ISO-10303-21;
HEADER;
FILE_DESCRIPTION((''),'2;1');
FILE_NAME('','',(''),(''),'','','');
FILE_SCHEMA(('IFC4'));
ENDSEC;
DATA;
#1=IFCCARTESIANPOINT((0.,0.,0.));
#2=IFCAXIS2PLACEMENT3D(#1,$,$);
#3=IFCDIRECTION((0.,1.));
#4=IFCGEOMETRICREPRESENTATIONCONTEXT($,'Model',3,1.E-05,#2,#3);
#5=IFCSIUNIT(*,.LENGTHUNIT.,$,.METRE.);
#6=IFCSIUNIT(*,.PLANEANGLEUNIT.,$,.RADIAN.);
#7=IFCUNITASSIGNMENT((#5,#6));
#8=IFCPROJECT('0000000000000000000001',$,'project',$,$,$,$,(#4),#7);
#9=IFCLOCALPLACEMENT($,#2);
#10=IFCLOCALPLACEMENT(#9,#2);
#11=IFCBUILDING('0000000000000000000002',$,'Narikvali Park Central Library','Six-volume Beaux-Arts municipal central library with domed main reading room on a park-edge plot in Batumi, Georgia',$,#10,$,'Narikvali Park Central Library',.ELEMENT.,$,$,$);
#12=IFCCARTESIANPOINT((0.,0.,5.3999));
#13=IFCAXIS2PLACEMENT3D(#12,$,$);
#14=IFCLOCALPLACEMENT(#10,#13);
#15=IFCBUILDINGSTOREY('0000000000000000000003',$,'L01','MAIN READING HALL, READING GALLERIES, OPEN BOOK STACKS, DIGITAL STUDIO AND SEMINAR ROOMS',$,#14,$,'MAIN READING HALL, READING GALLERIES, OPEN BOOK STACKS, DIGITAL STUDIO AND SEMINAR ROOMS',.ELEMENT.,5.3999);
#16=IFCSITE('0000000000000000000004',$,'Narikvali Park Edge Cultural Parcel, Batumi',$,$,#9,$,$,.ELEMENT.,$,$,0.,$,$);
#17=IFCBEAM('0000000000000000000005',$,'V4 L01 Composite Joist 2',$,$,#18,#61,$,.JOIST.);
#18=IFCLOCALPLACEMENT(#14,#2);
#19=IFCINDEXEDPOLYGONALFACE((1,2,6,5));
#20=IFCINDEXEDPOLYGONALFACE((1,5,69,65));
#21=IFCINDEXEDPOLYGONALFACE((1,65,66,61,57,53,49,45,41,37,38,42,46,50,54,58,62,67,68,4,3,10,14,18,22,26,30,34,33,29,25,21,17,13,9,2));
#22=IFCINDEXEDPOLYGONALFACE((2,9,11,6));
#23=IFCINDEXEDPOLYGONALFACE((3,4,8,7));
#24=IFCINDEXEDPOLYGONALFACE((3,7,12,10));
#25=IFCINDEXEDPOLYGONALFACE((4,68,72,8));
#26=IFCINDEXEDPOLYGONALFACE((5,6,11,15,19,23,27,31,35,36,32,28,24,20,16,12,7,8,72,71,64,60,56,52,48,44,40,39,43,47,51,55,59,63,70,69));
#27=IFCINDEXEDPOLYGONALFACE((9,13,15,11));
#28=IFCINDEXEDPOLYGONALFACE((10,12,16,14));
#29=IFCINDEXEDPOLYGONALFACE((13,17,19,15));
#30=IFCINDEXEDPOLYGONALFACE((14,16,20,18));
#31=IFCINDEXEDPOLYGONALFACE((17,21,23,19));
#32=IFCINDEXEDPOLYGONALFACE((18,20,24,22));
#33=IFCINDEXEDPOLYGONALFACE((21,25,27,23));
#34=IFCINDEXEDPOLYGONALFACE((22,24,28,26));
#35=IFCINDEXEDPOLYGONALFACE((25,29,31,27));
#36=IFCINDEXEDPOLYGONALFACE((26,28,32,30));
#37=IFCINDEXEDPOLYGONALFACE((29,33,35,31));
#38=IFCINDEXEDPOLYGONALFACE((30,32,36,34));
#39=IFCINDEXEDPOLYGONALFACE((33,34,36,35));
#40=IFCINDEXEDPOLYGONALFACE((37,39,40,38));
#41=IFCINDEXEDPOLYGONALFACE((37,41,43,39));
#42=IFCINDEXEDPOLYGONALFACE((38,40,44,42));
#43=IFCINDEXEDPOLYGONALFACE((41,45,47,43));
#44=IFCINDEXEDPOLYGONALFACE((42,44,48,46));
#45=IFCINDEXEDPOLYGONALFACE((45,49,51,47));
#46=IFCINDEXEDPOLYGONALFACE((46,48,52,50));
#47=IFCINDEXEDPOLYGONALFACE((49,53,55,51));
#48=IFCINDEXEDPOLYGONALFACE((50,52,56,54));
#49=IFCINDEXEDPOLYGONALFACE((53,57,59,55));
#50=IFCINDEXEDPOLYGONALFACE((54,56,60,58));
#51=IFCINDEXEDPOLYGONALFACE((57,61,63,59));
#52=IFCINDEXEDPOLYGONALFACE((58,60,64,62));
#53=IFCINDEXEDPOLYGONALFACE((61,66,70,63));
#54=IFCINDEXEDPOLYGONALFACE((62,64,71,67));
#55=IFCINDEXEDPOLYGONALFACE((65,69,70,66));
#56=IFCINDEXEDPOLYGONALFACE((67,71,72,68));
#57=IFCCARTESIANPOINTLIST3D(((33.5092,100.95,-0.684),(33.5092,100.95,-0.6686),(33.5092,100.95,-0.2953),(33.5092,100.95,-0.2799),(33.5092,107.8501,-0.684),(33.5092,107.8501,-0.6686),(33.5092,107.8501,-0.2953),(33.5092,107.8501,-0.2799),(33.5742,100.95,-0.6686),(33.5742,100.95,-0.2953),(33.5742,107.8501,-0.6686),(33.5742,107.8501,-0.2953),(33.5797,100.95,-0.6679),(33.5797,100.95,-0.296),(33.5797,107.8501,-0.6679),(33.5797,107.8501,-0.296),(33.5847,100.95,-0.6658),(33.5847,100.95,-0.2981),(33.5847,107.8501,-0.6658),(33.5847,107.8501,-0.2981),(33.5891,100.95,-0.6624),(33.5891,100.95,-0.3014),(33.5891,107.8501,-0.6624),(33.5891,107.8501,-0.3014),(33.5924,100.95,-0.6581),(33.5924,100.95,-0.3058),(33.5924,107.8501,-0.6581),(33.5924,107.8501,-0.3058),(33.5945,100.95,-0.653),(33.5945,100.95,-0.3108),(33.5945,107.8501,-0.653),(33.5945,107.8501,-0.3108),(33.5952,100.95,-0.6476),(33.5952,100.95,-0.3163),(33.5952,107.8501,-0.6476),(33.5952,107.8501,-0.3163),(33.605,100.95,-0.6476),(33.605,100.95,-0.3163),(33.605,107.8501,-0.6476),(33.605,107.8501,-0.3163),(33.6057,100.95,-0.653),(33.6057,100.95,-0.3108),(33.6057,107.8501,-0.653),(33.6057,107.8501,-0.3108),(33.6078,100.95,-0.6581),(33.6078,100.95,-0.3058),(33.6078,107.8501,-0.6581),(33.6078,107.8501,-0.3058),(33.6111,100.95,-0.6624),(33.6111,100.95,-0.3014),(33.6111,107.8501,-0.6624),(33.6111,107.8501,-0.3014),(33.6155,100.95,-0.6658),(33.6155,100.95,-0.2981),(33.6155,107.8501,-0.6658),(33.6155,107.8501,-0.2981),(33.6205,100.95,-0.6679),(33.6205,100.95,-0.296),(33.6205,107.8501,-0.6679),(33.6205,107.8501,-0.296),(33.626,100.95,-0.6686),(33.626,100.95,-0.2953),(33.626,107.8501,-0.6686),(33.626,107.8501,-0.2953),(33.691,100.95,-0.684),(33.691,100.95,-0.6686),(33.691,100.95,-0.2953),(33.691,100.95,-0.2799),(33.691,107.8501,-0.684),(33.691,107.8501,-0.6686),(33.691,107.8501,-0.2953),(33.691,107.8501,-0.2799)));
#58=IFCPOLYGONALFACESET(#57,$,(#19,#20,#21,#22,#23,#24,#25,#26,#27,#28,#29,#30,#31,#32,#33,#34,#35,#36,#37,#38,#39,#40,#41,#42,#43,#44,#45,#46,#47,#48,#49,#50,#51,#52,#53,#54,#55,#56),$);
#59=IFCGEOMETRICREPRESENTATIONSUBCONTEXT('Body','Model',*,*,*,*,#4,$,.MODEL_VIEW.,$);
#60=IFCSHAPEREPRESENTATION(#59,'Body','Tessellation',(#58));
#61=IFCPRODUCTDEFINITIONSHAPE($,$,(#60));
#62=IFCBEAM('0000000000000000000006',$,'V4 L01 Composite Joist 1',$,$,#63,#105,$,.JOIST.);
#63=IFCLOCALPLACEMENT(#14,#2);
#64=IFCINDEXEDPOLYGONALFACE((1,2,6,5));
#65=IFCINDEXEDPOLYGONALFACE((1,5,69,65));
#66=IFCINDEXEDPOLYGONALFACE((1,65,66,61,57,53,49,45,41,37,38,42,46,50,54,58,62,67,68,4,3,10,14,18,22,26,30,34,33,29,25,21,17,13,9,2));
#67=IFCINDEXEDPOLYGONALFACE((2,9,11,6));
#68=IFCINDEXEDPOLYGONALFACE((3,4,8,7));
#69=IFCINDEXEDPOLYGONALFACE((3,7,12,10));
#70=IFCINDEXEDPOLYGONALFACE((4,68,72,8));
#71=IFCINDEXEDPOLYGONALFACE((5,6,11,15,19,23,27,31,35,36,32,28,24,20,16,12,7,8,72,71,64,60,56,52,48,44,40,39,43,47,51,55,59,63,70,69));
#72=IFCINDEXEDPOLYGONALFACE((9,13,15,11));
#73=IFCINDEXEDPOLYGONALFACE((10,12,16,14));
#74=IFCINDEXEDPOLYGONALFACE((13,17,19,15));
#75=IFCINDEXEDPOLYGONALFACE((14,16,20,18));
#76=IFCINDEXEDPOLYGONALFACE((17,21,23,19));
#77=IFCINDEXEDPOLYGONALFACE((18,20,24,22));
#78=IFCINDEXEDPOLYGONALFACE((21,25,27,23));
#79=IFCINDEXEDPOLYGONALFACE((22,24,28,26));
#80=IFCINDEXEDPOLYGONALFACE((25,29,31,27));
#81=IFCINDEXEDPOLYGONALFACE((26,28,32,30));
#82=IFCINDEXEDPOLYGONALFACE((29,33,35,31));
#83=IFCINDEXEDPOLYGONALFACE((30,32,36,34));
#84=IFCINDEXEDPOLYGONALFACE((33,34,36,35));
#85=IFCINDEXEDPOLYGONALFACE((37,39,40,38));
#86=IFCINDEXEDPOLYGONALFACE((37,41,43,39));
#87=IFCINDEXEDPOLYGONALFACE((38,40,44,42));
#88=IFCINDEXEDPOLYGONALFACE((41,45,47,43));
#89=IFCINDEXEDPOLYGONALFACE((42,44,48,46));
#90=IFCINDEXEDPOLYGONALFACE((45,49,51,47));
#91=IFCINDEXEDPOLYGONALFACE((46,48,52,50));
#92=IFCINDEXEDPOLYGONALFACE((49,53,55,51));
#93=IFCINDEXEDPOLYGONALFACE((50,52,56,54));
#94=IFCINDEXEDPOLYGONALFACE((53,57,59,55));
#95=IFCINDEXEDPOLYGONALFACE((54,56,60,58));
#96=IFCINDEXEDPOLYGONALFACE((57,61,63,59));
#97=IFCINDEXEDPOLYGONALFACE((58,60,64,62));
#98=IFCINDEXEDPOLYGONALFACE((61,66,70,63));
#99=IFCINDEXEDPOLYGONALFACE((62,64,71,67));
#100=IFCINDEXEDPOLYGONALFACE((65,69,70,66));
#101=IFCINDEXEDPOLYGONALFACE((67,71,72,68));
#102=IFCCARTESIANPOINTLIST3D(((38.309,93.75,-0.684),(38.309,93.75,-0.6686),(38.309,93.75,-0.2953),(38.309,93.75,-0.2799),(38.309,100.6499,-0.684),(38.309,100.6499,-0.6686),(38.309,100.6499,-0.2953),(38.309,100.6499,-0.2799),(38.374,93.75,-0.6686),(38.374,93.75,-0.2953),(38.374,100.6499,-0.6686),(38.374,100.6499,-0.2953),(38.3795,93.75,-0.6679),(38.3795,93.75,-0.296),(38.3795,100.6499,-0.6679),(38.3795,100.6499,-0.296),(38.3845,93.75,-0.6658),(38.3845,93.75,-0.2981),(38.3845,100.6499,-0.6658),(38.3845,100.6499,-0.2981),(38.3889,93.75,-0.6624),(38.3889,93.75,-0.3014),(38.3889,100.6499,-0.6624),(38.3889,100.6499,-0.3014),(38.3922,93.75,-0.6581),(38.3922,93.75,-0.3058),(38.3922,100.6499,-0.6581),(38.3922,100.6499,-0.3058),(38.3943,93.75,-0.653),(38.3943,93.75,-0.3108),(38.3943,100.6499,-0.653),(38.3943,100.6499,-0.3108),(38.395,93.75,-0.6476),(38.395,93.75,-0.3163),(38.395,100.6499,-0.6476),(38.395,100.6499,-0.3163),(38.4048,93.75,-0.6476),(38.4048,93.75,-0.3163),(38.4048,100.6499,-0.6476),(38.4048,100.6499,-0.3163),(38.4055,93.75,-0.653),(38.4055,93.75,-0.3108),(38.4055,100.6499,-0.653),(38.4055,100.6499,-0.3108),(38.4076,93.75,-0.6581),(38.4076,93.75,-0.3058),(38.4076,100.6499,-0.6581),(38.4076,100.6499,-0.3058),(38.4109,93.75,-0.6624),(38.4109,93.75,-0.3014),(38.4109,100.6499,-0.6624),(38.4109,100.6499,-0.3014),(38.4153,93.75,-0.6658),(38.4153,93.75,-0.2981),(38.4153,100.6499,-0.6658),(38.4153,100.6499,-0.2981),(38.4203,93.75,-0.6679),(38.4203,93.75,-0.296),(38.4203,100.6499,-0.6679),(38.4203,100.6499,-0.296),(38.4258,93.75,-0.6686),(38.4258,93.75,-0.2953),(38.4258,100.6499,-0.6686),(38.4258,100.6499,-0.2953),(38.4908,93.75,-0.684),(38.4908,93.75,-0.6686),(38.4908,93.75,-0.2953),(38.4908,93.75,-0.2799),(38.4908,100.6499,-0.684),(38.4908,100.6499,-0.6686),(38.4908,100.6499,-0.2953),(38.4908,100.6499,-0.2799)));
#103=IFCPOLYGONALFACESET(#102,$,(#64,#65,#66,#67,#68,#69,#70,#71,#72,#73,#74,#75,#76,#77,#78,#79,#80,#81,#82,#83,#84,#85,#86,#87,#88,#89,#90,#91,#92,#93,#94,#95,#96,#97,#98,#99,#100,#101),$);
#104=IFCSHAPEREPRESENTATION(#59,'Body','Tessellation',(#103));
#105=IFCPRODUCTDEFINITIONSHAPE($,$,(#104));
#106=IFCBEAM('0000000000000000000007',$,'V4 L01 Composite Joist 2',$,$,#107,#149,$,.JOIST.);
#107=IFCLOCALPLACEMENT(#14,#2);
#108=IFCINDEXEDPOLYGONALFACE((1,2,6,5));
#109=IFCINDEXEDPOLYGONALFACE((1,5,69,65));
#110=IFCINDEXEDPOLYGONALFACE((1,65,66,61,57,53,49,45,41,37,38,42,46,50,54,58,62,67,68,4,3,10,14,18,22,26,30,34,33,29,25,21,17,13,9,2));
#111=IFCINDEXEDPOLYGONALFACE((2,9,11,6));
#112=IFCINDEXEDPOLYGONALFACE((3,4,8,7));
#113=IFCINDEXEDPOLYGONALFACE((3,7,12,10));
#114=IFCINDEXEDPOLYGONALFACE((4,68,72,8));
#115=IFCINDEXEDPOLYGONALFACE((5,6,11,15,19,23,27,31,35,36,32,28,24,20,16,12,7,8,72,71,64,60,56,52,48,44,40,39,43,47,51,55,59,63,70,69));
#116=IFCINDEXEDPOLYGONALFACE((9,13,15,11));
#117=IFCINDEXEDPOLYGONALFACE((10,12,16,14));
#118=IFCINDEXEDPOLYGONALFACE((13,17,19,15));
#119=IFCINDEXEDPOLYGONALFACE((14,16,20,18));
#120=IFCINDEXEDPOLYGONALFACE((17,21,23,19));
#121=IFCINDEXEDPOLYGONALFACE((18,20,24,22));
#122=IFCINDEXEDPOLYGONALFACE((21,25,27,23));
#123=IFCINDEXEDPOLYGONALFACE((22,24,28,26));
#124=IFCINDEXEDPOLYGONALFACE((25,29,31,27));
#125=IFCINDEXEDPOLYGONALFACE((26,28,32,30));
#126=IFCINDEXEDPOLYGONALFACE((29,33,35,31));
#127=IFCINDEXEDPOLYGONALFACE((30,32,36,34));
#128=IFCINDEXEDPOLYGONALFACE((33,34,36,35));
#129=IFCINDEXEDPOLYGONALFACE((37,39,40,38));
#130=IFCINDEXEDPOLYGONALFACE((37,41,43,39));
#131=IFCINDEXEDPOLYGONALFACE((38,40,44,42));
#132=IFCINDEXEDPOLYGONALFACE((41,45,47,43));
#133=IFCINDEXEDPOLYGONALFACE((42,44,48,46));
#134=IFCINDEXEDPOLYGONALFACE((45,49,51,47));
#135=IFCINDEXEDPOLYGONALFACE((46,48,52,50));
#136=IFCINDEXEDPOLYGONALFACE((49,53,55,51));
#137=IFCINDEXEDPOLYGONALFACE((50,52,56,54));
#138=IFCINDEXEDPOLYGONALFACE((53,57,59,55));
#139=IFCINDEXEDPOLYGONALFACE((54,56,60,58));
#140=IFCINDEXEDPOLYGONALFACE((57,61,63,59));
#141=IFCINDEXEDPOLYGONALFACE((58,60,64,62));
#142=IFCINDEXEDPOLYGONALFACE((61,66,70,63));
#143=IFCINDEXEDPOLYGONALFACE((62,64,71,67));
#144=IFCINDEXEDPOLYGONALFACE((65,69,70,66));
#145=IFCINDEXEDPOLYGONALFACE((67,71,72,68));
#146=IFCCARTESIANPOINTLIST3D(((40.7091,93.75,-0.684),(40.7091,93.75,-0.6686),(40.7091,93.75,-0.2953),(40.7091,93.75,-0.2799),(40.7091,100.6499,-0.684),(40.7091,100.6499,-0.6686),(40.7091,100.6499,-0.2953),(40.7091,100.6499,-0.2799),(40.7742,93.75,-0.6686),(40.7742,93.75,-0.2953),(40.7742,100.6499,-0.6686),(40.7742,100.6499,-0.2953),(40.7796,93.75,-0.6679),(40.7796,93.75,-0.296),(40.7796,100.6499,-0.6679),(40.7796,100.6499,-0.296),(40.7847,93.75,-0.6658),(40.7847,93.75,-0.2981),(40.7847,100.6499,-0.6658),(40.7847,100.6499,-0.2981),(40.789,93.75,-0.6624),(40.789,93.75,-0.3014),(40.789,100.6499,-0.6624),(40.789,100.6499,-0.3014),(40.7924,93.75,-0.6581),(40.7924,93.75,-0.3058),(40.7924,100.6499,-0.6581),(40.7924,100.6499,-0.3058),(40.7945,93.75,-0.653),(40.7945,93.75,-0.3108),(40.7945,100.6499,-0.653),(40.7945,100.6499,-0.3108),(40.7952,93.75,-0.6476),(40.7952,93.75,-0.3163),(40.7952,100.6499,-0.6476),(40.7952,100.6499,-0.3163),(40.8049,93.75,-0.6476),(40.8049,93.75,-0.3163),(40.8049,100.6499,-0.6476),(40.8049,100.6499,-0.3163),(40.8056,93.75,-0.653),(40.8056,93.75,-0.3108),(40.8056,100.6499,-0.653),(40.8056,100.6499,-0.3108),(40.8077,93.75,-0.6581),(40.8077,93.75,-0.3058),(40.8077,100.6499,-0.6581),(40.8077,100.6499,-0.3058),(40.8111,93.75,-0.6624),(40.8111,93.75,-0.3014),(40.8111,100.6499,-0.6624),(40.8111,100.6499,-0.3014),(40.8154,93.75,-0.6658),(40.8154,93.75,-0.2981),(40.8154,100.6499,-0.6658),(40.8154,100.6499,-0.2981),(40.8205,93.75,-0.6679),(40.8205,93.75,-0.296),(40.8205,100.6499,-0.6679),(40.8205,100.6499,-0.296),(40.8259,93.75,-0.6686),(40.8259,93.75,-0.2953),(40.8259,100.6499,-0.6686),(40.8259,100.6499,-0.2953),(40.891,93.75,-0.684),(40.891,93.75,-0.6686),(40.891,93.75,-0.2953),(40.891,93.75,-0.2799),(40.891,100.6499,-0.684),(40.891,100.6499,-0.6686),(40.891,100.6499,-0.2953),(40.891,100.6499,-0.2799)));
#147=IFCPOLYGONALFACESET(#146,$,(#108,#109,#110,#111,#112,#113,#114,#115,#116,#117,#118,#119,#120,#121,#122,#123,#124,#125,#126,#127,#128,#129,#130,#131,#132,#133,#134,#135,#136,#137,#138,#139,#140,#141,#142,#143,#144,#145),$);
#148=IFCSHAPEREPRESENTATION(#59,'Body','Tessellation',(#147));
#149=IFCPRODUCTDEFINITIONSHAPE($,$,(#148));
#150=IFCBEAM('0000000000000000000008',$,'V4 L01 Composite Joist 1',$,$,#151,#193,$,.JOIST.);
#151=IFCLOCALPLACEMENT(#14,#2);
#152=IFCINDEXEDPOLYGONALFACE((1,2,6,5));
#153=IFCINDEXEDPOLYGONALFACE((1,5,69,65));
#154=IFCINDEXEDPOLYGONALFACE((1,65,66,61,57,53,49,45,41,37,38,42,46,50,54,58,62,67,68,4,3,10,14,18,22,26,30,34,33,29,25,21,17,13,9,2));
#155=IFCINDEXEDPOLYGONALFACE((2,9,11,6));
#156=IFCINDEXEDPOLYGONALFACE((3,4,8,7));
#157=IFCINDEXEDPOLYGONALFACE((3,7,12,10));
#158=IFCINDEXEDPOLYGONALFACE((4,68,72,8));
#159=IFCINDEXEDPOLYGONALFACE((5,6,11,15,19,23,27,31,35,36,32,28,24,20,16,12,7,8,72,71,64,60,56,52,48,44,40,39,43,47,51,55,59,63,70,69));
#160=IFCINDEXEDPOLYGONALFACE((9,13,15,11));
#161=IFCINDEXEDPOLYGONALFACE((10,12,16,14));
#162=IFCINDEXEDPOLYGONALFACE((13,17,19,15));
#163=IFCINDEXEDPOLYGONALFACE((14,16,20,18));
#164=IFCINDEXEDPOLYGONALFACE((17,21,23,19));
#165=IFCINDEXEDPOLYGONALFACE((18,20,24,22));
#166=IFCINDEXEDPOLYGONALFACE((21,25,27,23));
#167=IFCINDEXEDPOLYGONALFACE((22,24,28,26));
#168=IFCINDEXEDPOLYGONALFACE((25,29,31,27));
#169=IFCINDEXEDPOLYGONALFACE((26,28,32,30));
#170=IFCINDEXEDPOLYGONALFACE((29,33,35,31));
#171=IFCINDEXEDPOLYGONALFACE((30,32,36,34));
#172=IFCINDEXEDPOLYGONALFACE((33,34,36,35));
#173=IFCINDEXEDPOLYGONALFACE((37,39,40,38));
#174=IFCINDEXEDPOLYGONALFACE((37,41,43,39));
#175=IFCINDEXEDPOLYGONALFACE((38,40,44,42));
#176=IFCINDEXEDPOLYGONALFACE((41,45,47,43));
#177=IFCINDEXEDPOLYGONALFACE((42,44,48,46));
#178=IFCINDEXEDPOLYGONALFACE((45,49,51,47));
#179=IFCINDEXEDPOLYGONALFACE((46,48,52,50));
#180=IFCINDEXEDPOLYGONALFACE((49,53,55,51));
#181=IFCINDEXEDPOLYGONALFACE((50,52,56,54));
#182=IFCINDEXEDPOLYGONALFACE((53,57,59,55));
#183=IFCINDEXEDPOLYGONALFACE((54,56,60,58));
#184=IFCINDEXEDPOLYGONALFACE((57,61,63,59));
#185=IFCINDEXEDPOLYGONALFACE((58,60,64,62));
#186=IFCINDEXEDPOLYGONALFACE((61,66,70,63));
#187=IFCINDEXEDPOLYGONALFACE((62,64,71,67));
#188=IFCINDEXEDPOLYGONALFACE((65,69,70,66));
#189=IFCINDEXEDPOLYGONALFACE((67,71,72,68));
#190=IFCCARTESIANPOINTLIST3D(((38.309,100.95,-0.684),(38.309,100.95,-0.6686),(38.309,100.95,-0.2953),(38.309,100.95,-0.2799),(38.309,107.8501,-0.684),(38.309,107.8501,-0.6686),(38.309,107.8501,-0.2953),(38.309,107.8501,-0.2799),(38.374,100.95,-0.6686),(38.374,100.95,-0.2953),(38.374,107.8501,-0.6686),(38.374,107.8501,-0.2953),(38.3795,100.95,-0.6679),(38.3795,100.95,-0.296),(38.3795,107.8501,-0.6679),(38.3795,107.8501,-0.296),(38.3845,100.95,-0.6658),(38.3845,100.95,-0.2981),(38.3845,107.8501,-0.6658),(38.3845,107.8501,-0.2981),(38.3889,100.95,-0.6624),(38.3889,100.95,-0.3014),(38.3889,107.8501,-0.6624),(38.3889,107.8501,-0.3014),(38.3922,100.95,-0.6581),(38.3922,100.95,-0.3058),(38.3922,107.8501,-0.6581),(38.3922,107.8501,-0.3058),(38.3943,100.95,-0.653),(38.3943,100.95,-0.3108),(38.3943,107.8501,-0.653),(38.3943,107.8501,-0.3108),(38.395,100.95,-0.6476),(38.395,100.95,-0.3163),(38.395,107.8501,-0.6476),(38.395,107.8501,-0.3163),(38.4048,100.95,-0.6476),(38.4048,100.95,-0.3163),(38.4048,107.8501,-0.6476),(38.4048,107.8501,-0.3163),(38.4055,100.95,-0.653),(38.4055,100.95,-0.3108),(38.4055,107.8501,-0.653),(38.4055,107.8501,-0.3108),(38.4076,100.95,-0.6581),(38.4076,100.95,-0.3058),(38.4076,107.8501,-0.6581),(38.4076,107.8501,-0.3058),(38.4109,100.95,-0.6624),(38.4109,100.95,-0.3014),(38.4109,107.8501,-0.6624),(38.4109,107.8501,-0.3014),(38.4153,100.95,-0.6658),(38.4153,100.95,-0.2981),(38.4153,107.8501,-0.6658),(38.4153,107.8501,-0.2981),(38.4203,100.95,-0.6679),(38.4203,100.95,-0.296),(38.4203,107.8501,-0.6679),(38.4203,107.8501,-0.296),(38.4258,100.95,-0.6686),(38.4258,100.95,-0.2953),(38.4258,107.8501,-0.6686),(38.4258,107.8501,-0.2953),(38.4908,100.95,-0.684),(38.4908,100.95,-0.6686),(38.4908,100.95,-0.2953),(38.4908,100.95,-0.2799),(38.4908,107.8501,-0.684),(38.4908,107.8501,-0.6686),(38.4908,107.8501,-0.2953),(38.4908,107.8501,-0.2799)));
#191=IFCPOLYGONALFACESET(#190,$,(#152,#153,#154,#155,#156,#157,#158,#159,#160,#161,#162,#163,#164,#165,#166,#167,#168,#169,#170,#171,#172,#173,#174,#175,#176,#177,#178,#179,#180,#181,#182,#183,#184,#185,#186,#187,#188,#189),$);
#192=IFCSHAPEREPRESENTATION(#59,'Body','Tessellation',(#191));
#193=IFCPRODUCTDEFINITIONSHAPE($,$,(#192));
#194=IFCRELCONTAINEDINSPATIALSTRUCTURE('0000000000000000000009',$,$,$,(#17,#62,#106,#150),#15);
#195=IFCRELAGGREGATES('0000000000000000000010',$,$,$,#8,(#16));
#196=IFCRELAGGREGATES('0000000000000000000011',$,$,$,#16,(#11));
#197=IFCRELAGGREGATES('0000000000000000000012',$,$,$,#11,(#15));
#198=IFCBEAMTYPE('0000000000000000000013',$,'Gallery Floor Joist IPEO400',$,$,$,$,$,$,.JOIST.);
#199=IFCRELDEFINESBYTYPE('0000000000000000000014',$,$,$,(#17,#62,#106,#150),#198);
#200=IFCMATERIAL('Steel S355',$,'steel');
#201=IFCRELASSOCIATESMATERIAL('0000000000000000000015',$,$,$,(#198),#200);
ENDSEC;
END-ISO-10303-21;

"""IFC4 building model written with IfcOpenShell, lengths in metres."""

from ifc_helpers import new_model, si_unit, direction, frame, origin, origin_2d, place, context, subcontext, project, spatial, i_section, extrude, material, material_profile, profile_set, type_object, element, save


model = new_model("IFC4")

# Units and contexts
model_context = context("Model", 3, precision=1e-05, world=origin(), true_north=direction((0.0, 1.0)))
body_context = subcontext(model_context, "Body", "Model", "MODEL_VIEW")
ifc_project = project(units=[si_unit("LENGTHUNIT", "METRE"), si_unit("PLANEANGLEUNIT", "RADIAN")], contexts=[model_context])

# Site, building, storey
site_placement = place(None, origin())
site = spatial("IfcSite", under=ifc_project, at=site_placement, Name="Narikvali Park Edge Cultural Parcel, Batumi", CompositionType="ELEMENT", RefElevation=0.0)
building_placement = place(site_placement, origin())
building = spatial("IfcBuilding", under=site, at=building_placement, Name="Narikvali Park Central Library", Description="Six-volume Beaux-Arts municipal central library with domed main reading room on a park-edge plot in Batumi, Georgia", LongName="Narikvali Park Central Library", CompositionType="ELEMENT")
storey_placement = place(building_placement, frame((0.0, 0.0, 5.3999)))
storey = spatial("IfcBuildingStorey", under=building, at=storey_placement, Name="L01", Description="MAIN READING HALL, READING GALLERIES, OPEN BOOK STACKS, DIGITAL STUDIO AND SEMINAR ROOMS", LongName="MAIN READING HALL, READING GALLERIES, OPEN BOOK STACKS, DIGITAL STUDIO AND SEMINAR ROOMS", CompositionType="ELEMENT", Elevation=5.3999)

# Shared definitions
ifc_material_1 = material(Name="Steel S355", Category="steel")

# Beams
ifc_material_profile_1 = material_profile(ifc_material_1, i_section(OverallWidth=0.1819, OverallDepth=0.4041, WebThickness=0.0098, FlangeThickness=0.0154, FilletRadius=0.021, at=origin_2d()), Name="IPEO 400")
ifc_profile_set_1 = profile_set([ifc_material_profile_1], Name="Steel S355")
beam_type_1 = type_object("IfcBeamType", Name="Gallery Floor Joist IPEO400", PredefinedType="JOIST", material=ifc_profile_set_1)
for number, where, z_axis, x_axis, name in (
    (1, (33.6001, 100.95, -0.4819), (0.0, 1.0, 0.0), (-1.0, 0.0, 0.0), "V4 L01 Composite Joist 2"),
):
    element("IfcBeam", number, at=place(storey_placement, frame(where, z_axis=z_axis, x_axis=x_axis)), inside=storey, type_object=beam_type_1, Name=name, PredefinedType="JOIST", context=body_context, shape_type="SweptSolid", body=[
        extrude(i_section(OverallWidth=0.1819, OverallDepth=0.4041, WebThickness=0.0098, FlangeThickness=0.0154, FilletRadius=0.021, at=origin_2d()), origin(), (0.0, 0.0, 1.0), 6.9001),
    ])
for number, where, z_axis, x_axis, name in (
    (2, (38.3999, 93.75, -0.4819), (0.0, 1.0, 0.0), (-1.0, 0.0, 0.0), "V4 L01 Composite Joist 1"),
    (3, (40.8, 93.75, -0.4819), (0.0, 1.0, 0.0), (-1.0, 0.0, 0.0), "V4 L01 Composite Joist 2"),
):
    element("IfcBeam", number, at=place(storey_placement, frame(where, z_axis=z_axis, x_axis=x_axis)), inside=storey, type_object=beam_type_1, Name=name, PredefinedType="JOIST", context=body_context, shape_type="SweptSolid", body=[
        extrude(i_section(OverallWidth=0.1819, OverallDepth=0.4041, WebThickness=0.0098, FlangeThickness=0.0154, FilletRadius=0.021, at=origin_2d()), origin(), (0.0, 0.0, 1.0), 6.8999),
    ])
for number, where, z_axis, x_axis, name in (
    (4, (38.3999, 100.95, -0.4819), (0.0, 1.0, 0.0), (-1.0, 0.0, 0.0), "V4 L01 Composite Joist 1"),
):
    element("IfcBeam", number, at=place(storey_placement, frame(where, z_axis=z_axis, x_axis=x_axis)), inside=storey, type_object=beam_type_1, Name=name, PredefinedType="JOIST", context=body_context, shape_type="SweptSolid", body=[
        extrude(i_section(OverallWidth=0.1819, OverallDepth=0.4041, WebThickness=0.0098, FlangeThickness=0.0154, FilletRadius=0.021, at=origin_2d()), origin(), (0.0, 0.0, 1.0), 6.9001),
    ])

save(model, "model.ifc")
